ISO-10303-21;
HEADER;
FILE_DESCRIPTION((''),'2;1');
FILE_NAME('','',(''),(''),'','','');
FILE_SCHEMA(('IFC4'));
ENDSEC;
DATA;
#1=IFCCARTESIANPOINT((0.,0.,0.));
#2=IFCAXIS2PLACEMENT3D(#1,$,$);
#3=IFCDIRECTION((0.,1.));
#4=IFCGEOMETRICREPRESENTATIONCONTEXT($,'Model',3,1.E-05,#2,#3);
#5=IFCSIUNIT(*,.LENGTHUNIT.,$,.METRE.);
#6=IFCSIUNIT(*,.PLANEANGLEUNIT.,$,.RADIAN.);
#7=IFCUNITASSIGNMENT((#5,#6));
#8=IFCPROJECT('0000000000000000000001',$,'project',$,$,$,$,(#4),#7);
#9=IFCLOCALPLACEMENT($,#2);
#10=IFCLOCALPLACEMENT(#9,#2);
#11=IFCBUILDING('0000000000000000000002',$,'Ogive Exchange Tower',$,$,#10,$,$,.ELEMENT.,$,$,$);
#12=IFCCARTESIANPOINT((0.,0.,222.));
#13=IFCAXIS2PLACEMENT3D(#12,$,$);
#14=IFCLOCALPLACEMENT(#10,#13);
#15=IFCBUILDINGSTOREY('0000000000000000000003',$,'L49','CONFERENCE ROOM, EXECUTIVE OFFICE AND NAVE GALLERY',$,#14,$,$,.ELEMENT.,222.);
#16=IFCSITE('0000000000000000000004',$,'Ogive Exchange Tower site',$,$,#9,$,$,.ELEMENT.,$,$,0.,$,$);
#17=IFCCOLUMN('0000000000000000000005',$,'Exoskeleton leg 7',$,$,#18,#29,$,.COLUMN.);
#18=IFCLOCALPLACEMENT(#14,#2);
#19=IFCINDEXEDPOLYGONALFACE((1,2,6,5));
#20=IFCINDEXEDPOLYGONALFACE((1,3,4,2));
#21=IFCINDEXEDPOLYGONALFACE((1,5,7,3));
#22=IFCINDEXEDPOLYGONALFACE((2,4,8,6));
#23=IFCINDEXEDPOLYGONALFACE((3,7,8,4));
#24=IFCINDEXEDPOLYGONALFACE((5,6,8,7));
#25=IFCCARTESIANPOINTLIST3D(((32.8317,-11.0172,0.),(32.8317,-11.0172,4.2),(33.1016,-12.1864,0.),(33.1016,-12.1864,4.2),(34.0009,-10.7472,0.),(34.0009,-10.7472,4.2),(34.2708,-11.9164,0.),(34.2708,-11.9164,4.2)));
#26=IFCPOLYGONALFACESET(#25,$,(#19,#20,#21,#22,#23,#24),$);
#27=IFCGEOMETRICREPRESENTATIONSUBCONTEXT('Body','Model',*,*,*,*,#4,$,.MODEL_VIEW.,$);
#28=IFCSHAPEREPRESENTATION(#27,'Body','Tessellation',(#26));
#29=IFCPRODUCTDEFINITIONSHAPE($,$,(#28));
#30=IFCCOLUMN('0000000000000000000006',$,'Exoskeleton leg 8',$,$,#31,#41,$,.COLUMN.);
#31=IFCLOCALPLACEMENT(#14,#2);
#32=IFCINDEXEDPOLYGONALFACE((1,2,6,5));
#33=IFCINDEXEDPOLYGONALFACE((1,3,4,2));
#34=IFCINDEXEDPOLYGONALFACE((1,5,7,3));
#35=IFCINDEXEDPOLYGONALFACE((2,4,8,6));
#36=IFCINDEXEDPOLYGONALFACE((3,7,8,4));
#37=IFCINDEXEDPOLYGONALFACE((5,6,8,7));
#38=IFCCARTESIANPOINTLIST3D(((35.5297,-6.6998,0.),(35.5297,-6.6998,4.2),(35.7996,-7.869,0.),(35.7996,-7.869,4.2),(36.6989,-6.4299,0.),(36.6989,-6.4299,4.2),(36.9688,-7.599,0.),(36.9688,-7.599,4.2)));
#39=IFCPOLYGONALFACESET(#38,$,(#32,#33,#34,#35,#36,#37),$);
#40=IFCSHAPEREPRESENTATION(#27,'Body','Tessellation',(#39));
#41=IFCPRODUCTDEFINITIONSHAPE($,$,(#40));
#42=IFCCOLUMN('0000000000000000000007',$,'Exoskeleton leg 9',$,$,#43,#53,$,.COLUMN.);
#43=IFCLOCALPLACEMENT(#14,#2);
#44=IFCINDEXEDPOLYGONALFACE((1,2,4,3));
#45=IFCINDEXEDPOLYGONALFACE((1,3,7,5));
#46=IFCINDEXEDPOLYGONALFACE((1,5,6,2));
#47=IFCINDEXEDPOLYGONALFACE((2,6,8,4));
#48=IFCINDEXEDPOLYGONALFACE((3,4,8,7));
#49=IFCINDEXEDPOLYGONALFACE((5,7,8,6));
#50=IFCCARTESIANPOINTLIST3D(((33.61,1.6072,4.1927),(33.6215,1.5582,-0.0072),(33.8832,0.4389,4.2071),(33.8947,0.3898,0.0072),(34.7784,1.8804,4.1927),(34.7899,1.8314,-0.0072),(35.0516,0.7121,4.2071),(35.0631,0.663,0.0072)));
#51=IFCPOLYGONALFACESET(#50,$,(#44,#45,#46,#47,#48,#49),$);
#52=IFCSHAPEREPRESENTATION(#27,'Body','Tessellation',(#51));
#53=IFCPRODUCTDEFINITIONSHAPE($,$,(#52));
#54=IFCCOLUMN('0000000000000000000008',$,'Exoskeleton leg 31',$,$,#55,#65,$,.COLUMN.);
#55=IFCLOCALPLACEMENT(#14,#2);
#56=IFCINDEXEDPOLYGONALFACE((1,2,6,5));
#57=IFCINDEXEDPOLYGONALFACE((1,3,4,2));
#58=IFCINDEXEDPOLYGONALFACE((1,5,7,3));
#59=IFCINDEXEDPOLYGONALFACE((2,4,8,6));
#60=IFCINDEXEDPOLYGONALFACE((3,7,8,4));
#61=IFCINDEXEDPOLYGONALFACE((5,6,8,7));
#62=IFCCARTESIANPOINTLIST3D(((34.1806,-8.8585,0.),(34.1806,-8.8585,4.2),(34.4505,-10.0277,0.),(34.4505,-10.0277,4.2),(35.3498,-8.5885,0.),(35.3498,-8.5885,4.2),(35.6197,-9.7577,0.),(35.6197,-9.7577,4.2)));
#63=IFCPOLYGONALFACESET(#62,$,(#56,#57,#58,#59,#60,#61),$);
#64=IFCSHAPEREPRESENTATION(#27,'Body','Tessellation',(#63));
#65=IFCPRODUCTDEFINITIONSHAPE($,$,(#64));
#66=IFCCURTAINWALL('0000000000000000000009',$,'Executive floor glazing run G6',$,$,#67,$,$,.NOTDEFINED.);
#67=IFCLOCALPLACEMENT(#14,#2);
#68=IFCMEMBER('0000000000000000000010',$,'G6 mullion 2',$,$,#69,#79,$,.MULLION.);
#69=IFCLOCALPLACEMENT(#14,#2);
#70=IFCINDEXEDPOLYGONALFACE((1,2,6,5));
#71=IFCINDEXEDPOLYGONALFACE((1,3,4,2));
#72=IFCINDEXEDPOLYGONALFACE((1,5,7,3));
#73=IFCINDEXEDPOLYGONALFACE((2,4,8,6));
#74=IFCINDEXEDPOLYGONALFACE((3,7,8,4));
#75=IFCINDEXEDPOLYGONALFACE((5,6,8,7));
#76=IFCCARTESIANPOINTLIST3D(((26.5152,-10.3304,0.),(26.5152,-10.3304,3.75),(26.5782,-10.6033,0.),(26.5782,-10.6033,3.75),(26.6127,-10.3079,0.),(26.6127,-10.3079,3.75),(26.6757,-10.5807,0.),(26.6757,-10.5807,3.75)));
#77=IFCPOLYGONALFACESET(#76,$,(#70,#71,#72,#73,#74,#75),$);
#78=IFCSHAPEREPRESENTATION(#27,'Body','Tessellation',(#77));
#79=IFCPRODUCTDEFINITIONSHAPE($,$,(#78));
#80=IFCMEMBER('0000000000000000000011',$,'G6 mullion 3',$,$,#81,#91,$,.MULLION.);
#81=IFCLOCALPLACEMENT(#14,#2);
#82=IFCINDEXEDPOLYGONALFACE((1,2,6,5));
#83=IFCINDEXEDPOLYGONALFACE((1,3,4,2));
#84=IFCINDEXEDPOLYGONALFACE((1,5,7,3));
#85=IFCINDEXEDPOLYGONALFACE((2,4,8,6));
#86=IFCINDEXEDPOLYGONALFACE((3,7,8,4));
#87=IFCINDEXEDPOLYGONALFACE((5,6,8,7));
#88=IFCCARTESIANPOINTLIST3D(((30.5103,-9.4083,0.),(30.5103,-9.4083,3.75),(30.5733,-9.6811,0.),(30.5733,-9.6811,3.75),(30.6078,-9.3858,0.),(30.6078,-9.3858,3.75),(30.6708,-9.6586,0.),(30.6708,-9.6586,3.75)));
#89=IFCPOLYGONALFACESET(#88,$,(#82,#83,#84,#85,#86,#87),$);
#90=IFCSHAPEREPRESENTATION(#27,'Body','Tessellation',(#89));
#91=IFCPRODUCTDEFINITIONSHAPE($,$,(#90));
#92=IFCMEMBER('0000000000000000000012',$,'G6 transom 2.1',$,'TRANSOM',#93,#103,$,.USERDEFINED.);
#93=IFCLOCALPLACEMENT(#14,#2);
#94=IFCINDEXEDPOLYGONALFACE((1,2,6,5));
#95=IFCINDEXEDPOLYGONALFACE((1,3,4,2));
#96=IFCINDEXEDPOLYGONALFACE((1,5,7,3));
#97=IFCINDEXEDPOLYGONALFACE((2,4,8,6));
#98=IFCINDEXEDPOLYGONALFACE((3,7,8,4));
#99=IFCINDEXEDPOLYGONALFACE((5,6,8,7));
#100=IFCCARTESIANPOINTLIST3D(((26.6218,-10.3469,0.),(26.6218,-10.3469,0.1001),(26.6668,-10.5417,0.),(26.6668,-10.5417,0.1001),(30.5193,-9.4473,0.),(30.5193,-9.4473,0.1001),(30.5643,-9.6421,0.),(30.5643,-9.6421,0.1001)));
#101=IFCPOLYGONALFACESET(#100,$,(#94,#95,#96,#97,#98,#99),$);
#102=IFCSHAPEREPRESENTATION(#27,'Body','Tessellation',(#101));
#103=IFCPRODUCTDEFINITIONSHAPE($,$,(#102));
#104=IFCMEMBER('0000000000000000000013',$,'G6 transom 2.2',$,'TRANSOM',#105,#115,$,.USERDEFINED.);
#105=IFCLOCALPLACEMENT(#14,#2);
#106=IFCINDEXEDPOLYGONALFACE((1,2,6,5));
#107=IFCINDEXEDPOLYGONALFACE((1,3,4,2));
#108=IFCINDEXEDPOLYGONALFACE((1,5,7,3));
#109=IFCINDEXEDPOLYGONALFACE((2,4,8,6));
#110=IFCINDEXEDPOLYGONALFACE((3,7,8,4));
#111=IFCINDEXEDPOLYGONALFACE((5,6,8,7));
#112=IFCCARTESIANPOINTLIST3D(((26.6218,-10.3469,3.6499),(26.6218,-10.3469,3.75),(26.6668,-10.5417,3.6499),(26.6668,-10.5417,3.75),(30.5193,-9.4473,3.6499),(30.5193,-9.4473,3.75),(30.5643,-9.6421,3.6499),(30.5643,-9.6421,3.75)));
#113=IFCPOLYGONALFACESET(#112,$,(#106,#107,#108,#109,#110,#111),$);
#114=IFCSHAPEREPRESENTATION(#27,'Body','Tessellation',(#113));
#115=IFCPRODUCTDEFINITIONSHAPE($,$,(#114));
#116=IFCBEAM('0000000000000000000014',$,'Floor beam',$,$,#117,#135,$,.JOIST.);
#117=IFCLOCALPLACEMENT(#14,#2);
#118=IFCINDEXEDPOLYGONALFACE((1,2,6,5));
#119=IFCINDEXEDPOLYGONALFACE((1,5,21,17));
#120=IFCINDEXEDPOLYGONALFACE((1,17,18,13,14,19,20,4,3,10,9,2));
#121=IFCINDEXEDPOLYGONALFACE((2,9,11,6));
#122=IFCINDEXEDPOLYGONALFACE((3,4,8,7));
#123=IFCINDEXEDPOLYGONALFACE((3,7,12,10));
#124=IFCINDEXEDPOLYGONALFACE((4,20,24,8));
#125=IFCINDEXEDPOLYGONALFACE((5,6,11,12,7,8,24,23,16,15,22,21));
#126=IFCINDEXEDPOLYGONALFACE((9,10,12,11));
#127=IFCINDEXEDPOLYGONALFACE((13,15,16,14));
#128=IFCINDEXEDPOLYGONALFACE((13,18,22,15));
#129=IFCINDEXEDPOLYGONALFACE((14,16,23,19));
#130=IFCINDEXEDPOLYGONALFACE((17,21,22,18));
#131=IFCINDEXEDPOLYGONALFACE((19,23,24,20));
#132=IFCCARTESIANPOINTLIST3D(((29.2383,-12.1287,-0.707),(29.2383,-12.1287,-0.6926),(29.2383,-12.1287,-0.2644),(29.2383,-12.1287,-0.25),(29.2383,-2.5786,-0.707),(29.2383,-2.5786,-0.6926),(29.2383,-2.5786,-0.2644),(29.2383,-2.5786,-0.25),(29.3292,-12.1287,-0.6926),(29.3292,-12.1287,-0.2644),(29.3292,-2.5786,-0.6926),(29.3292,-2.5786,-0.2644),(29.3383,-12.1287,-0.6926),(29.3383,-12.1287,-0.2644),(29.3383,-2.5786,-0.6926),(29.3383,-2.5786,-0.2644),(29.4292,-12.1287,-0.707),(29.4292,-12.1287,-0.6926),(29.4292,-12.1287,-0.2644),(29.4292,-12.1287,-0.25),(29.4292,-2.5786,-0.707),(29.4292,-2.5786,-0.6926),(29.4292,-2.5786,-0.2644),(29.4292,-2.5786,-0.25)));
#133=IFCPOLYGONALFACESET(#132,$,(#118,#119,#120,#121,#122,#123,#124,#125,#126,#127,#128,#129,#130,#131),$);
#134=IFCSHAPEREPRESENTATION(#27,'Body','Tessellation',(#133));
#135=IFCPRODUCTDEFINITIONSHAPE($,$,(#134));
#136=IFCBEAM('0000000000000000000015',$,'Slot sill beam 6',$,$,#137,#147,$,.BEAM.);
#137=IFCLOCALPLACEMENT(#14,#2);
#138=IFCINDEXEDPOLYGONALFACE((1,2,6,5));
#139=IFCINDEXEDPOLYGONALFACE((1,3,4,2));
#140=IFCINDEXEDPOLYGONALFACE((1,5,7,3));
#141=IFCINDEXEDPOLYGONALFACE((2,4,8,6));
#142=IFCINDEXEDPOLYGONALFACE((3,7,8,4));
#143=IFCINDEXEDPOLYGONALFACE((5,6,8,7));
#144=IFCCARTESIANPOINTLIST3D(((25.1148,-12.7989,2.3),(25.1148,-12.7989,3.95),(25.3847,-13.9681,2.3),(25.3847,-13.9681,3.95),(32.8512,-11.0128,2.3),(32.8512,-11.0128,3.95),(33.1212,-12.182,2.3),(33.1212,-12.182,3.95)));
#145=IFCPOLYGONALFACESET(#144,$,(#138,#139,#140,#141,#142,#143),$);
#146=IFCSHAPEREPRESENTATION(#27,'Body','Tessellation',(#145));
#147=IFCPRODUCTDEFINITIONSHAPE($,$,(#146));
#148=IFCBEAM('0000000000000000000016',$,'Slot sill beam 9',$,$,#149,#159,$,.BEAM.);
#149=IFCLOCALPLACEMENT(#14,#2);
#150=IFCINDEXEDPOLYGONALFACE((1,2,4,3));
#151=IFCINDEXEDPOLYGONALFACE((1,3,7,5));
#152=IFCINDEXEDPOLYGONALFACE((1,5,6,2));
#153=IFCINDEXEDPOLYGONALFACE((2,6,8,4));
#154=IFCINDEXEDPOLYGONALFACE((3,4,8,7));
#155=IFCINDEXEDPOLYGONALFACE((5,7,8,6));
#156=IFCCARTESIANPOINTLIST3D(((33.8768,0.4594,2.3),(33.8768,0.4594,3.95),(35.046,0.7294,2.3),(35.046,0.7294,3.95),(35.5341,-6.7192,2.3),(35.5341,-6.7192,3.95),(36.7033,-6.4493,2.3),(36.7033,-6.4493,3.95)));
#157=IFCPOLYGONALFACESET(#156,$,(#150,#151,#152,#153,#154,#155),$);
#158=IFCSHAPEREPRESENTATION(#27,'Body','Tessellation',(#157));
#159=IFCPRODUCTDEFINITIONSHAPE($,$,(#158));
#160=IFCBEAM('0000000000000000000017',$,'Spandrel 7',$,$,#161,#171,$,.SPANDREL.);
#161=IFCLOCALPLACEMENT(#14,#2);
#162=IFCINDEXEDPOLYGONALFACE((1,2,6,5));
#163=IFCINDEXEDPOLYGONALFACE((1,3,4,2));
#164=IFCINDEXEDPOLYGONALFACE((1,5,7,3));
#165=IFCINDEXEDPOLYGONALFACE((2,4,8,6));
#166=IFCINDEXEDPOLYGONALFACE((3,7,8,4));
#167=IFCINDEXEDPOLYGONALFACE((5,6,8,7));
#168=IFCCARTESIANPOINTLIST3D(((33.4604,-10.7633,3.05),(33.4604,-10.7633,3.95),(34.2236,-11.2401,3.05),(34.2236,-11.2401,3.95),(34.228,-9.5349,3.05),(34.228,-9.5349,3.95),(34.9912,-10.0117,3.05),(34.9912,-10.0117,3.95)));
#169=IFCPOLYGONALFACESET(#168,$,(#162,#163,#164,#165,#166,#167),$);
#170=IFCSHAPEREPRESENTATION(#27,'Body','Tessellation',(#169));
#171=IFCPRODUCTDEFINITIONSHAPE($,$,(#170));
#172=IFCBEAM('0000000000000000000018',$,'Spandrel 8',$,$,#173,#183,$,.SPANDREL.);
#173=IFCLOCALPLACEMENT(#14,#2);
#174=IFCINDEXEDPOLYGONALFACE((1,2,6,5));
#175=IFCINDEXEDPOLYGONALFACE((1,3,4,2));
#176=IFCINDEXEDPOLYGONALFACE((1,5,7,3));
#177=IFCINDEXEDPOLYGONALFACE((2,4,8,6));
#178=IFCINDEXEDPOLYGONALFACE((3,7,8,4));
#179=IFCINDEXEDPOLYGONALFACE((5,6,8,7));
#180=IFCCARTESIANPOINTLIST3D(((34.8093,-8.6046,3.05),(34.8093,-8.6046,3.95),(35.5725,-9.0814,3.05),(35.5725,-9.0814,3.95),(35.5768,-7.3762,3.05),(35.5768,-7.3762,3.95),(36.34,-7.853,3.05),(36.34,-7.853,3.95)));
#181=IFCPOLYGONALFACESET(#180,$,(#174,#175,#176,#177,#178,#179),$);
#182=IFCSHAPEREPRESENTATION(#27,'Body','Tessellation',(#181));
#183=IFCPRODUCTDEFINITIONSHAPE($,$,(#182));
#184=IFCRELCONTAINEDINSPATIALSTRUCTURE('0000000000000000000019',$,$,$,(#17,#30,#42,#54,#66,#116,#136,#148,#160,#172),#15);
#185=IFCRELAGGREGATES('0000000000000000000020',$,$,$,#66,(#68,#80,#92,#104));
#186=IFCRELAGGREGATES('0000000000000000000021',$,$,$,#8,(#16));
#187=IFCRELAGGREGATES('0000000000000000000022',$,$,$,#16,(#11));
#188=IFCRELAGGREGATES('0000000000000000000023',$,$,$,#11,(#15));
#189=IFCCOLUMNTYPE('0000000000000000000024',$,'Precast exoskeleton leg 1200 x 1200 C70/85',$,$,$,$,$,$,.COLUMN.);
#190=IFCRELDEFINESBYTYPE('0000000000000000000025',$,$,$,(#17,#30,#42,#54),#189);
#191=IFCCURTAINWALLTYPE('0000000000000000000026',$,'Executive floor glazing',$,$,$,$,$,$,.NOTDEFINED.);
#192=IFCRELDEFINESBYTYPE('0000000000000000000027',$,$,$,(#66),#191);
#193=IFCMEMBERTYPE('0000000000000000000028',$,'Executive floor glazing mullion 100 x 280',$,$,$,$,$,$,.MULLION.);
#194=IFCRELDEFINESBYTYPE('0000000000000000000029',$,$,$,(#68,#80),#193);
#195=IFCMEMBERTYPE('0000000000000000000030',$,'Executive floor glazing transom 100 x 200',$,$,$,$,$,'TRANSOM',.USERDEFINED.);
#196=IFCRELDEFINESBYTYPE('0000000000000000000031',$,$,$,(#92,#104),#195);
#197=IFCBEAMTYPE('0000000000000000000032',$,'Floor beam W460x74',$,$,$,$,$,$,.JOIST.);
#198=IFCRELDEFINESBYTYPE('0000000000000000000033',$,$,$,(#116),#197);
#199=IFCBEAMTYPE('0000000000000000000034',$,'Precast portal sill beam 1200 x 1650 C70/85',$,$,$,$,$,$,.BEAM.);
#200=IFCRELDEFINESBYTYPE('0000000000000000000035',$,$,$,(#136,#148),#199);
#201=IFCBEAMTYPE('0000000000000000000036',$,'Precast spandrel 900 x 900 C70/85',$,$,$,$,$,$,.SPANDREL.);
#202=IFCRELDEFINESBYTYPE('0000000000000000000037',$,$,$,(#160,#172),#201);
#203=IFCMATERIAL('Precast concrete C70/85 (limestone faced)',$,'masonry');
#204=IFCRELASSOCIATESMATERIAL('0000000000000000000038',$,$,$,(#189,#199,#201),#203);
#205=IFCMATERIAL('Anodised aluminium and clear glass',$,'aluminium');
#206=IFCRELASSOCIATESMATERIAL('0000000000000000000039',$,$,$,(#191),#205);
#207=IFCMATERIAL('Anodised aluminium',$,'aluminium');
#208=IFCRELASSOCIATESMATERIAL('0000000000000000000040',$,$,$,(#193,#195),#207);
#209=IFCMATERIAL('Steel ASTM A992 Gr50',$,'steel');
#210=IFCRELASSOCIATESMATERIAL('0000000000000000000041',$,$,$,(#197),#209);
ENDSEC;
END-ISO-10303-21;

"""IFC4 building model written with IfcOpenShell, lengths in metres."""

from ifc_helpers import new_model, si_unit, direction, frame, origin, origin_2d, place, context, subcontext, project, spatial, rectangle, i_section, extrude, material, material_profile, profile_set, type_object, element, aggregate, save


model = new_model("IFC4")

# Units and contexts
model_context = context("Model", 3, precision=1e-05, world=origin(), true_north=direction((0.0, 1.0)))
body_context = subcontext(model_context, "Body", "Model", "MODEL_VIEW")
ifc_project = project(units=[si_unit("LENGTHUNIT", "METRE"), si_unit("PLANEANGLEUNIT", "RADIAN")], contexts=[model_context])

# Site, building, storey
site_placement = place(None, origin())
site = spatial("IfcSite", under=ifc_project, at=site_placement, Name="Ogive Exchange Tower site", CompositionType="ELEMENT", RefElevation=0.0)
building_placement = place(site_placement, origin())
building = spatial("IfcBuilding", under=site, at=building_placement, Name="Ogive Exchange Tower", CompositionType="ELEMENT")
storey_placement = place(building_placement, frame((0.0, 0.0, 222.0)))
storey = spatial("IfcBuildingStorey", under=building, at=storey_placement, Name="L49", Description="CONFERENCE ROOM, EXECUTIVE OFFICE AND NAVE GALLERY", CompositionType="ELEMENT", Elevation=222.0)

# Columns
ifc_material_1 = material(Name="Precast concrete C70/85 (limestone faced)", Category="masonry")
ifc_material_profile_1 = material_profile(ifc_material_1, rectangle(XDim=1.2, YDim=1.2, at=origin_2d()), Name="1200 x 1200")
ifc_profile_set_1 = profile_set([ifc_material_profile_1], Name="Precast concrete C70/85 (limestone faced)")
column_type = type_object("IfcColumnType", Name="Precast exoskeleton leg 1200 x 1200 C70/85", PredefinedType="COLUMN", material=ifc_profile_set_1)
for number, where, z_axis, x_axis, name in (
    (1, (33.5513, -11.4668, 0.0), (0.0, 0.0, 1.0), (0.97437, 0.224951, 0.0), "Exoskeleton leg 7"),
    (2, (36.2493, -7.1494, 0.0), (0.0, 0.0, 1.0), (0.97437, 0.224951, 0.0), "Exoskeleton leg 8"),
):
    element("IfcColumn", number, at=place(storey_placement, frame(where, z_axis=z_axis, x_axis=x_axis)), inside=storey, type_object=column_type, Name=name, PredefinedType="COLUMN", context=body_context, shape_type="SweptSolid", body=[
        extrude(rectangle(XDim=1.2, YDim=1.2, at=origin_2d()), origin(), (0.0, 0.0, 1.0), 4.2),
    ])
column_1_placement = place(storey_placement, frame((34.3423, 1.1106, 0.0), z_axis=(-0.002732, 0.011683, 0.999928), x_axis=(-0.973734, -0.227689, 0.0)))
element("IfcColumn", 3, at=column_1_placement, inside=storey, type_object=column_type, Name="Exoskeleton leg 9", PredefinedType="COLUMN", context=body_context, shape_type="SweptSolid", body=[
    extrude(rectangle(XDim=1.2, YDim=1.2, at=origin_2d()), origin(), (0.0, 0.0, 1.0), 4.2002),
])
column_2_placement = place(storey_placement, frame((34.9001, -9.3081, 0.0), z_axis=(0.0, 0.0, 1.0), x_axis=(0.97437, 0.224951, 0.0)))
element("IfcColumn", 4, at=column_2_placement, inside=storey, type_object=column_type, Name="Exoskeleton leg 31", PredefinedType="COLUMN", context=body_context, shape_type="SweptSolid", body=[
    extrude(rectangle(XDim=1.2, YDim=1.2, at=origin_2d()), origin(), (0.0, 0.0, 1.0), 4.2),
])

# Curtain wall, members
ifc_material_2 = material(Name="Anodised aluminium and clear glass", Category="aluminium")
curtain_wall_type = type_object("IfcCurtainWallType", Name="Executive floor glazing", PredefinedType="NOTDEFINED", material=ifc_material_2)
curtain_wall_placement = place(storey_placement, origin())
curtain_wall = element("IfcCurtainWall", 5, at=curtain_wall_placement, inside=storey, type_object=curtain_wall_type, Name="Executive floor glazing run G6", PredefinedType="NOTDEFINED")
ifc_material_3 = material(Name="Anodised aluminium", Category="aluminium")
ifc_material_profile_2 = material_profile(ifc_material_3, rectangle(XDim=0.28, YDim=0.1001, at=origin_2d()), Name="AL 100x280")
ifc_profile_set_2 = profile_set([ifc_material_profile_2], Name="Anodised aluminium")
member_type_1 = type_object("IfcMemberType", Name="Executive floor glazing mullion 100 x 280", PredefinedType="MULLION", material=ifc_profile_set_2)
member_1_placement = place(storey_placement, frame((26.5955, -10.4556, 0.0), z_axis=(0.0, 0.0, 1.0), x_axis=(-0.224951, 0.97437, 0.0)))
member_1 = element("IfcMember", 6, at=member_1_placement, type_object=member_type_1, Name="G6 mullion 2", PredefinedType="MULLION", context=body_context, shape_type="SweptSolid", body=[
    extrude(rectangle(XDim=0.28, YDim=0.1001, at=origin_2d()), origin(), (0.0, 0.0, 1.0), 3.75),
])
member_2_placement = place(storey_placement, frame((30.5906, -9.5334, 0.0), z_axis=(0.0, 0.0, 1.0), x_axis=(-0.224951, 0.97437, 0.0)))
member_2 = element("IfcMember", 7, at=member_2_placement, type_object=member_type_1, Name="G6 mullion 3", PredefinedType="MULLION", context=body_context, shape_type="SweptSolid", body=[
    extrude(rectangle(XDim=0.28, YDim=0.1001, at=origin_2d()), origin(), (0.0, 0.0, 1.0), 3.75),
])
ifc_material_profile_3 = material_profile(ifc_material_3, rectangle(XDim=0.2, YDim=0.1001, at=origin_2d()), Name="AL 100x200")
ifc_profile_set_3 = profile_set([ifc_material_profile_3], Name="Anodised aluminium")
member_type_2 = type_object("IfcMemberType", Name="Executive floor glazing transom 100 x 200", ElementType="TRANSOM", PredefinedType="USERDEFINED", material=ifc_profile_set_3)
member_3_placement = place(storey_placement, frame((26.6443, -10.4443, 0.05), z_axis=(0.974378, 0.224917, 0.0), x_axis=(-0.224917, 0.974378, 0.0)))
member_3 = element("IfcMember", 8, at=member_3_placement, type_object=member_type_2, Name="G6 transom 2.1", ObjectType="TRANSOM", PredefinedType="USERDEFINED", context=body_context, shape_type="SweptSolid", body=[
    extrude(rectangle(XDim=0.2, YDim=0.1001, at=origin_2d()), origin(), (0.0, 0.0, 1.0), 4.0),
])
member_4_placement = place(storey_placement, frame((26.6443, -10.4443, 3.7), z_axis=(0.974378, 0.224917, 0.0), x_axis=(-0.224917, 0.974378, 0.0)))
member_4 = element("IfcMember", 9, at=member_4_placement, type_object=member_type_2, Name="G6 transom 2.2", ObjectType="TRANSOM", PredefinedType="USERDEFINED", context=body_context, shape_type="SweptSolid", body=[
    extrude(rectangle(XDim=0.2, YDim=0.1001, at=origin_2d()), origin(), (0.0, 0.0, 1.0), 4.0),
])

# Beams
ifc_material_4 = material(Name="Steel ASTM A992 Gr50", Category="steel")
ifc_material_profile_4 = material_profile(ifc_material_4, i_section(OverallWidth=0.1909, OverallDepth=0.457, WebThickness=0.009, FlangeThickness=0.0144, at=origin_2d()), Name="W460x74")
ifc_profile_set_4 = profile_set([ifc_material_profile_4], Name="Steel ASTM A992 Gr50")
beam_type_1 = type_object("IfcBeamType", Name="Floor beam W460x74", PredefinedType="JOIST", material=ifc_profile_set_4)
beam_1_placement = place(storey_placement, frame((29.3337, -12.1287, -0.4785), z_axis=(0.0, 1.0, 0.0), x_axis=(-1.0, 0.0, 0.0)))
element("IfcBeam", 10, at=beam_1_placement, inside=storey, type_object=beam_type_1, Name="Floor beam", PredefinedType="JOIST", context=body_context, shape_type="SweptSolid", body=[
    extrude(i_section(OverallWidth=0.1909, OverallDepth=0.457, WebThickness=0.009, FlangeThickness=0.0144, at=origin_2d()), origin(), (0.0, 0.0, 1.0), 9.55),
])
ifc_material_profile_5 = material_profile(ifc_material_1, rectangle(XDim=1.2, YDim=1.6499, at=origin_2d()), Name="1200 x 1650")
ifc_profile_set_5 = profile_set([ifc_material_profile_5], Name="Precast concrete C70/85 (limestone faced)")
beam_type_2 = type_object("IfcBeamType", Name="Precast portal sill beam 1200 x 1650 C70/85", PredefinedType="BEAM", material=ifc_profile_set_5)
beam_2_placement = place(storey_placement, frame((25.2498, -13.3835, 3.125), z_axis=(0.974368, 0.224958, 0.0), x_axis=(-0.224958, 0.974368, 0.0)))
element("IfcBeam", 11, at=beam_2_placement, inside=storey, type_object=beam_type_2, Name="Slot sill beam 6", PredefinedType="BEAM", context=body_context, shape_type="SweptSolid", body=[
    extrude(rectangle(XDim=1.2, YDim=1.6499, at=origin_2d()), origin(), (0.0, 0.0, 1.0), 7.9399),
])
beam_3_placement = place(storey_placement, frame((36.1187, -6.5842, 3.125), z_axis=(-0.224937, 0.974373, 0.0), x_axis=(-0.974373, -0.224937, 0.0)))
element("IfcBeam", 12, at=beam_3_placement, inside=storey, type_object=beam_type_2, Name="Slot sill beam 9", PredefinedType="BEAM", context=body_context, shape_type="SweptSolid", body=[
    extrude(rectangle(XDim=1.2, YDim=1.6499, at=origin_2d()), origin(), (0.0, 0.0, 1.0), 7.3674),
])
ifc_material_profile_6 = material_profile(ifc_material_1, rectangle(XDim=0.8999, YDim=0.8999, at=origin_2d()), Name="900 x 900")
ifc_profile_set_6 = profile_set([ifc_material_profile_6], Name="Precast concrete C70/85 (limestone faced)")
beam_type_3 = type_object("IfcBeamType", Name="Precast spandrel 900 x 900 C70/85", PredefinedType="SPANDREL", material=ifc_profile_set_6)
for number, where, z_axis, x_axis, name in (
    (13, (33.842, -11.0017, 3.5), (0.529878, 0.848074, 0.0), (-0.848074, 0.529878, 0.0), "Spandrel 7"),
    (14, (35.1909, -8.843, 3.5), (0.529878, 0.848074, 0.0), (-0.848074, 0.529878, 0.0), "Spandrel 8"),
):
    element("IfcBeam", number, at=place(storey_placement, frame(where, z_axis=z_axis, x_axis=x_axis)), inside=storey, type_object=beam_type_3, Name=name, PredefinedType="SPANDREL", context=body_context, shape_type="SweptSolid", body=[
        extrude(rectangle(XDim=0.8999, YDim=0.8999, at=origin_2d()), origin(), (0.0, 0.0, 1.0), 1.4485),
    ])

aggregate(curtain_wall, [member_1, member_2, member_3, member_4])

save(model, "model.ifc")
